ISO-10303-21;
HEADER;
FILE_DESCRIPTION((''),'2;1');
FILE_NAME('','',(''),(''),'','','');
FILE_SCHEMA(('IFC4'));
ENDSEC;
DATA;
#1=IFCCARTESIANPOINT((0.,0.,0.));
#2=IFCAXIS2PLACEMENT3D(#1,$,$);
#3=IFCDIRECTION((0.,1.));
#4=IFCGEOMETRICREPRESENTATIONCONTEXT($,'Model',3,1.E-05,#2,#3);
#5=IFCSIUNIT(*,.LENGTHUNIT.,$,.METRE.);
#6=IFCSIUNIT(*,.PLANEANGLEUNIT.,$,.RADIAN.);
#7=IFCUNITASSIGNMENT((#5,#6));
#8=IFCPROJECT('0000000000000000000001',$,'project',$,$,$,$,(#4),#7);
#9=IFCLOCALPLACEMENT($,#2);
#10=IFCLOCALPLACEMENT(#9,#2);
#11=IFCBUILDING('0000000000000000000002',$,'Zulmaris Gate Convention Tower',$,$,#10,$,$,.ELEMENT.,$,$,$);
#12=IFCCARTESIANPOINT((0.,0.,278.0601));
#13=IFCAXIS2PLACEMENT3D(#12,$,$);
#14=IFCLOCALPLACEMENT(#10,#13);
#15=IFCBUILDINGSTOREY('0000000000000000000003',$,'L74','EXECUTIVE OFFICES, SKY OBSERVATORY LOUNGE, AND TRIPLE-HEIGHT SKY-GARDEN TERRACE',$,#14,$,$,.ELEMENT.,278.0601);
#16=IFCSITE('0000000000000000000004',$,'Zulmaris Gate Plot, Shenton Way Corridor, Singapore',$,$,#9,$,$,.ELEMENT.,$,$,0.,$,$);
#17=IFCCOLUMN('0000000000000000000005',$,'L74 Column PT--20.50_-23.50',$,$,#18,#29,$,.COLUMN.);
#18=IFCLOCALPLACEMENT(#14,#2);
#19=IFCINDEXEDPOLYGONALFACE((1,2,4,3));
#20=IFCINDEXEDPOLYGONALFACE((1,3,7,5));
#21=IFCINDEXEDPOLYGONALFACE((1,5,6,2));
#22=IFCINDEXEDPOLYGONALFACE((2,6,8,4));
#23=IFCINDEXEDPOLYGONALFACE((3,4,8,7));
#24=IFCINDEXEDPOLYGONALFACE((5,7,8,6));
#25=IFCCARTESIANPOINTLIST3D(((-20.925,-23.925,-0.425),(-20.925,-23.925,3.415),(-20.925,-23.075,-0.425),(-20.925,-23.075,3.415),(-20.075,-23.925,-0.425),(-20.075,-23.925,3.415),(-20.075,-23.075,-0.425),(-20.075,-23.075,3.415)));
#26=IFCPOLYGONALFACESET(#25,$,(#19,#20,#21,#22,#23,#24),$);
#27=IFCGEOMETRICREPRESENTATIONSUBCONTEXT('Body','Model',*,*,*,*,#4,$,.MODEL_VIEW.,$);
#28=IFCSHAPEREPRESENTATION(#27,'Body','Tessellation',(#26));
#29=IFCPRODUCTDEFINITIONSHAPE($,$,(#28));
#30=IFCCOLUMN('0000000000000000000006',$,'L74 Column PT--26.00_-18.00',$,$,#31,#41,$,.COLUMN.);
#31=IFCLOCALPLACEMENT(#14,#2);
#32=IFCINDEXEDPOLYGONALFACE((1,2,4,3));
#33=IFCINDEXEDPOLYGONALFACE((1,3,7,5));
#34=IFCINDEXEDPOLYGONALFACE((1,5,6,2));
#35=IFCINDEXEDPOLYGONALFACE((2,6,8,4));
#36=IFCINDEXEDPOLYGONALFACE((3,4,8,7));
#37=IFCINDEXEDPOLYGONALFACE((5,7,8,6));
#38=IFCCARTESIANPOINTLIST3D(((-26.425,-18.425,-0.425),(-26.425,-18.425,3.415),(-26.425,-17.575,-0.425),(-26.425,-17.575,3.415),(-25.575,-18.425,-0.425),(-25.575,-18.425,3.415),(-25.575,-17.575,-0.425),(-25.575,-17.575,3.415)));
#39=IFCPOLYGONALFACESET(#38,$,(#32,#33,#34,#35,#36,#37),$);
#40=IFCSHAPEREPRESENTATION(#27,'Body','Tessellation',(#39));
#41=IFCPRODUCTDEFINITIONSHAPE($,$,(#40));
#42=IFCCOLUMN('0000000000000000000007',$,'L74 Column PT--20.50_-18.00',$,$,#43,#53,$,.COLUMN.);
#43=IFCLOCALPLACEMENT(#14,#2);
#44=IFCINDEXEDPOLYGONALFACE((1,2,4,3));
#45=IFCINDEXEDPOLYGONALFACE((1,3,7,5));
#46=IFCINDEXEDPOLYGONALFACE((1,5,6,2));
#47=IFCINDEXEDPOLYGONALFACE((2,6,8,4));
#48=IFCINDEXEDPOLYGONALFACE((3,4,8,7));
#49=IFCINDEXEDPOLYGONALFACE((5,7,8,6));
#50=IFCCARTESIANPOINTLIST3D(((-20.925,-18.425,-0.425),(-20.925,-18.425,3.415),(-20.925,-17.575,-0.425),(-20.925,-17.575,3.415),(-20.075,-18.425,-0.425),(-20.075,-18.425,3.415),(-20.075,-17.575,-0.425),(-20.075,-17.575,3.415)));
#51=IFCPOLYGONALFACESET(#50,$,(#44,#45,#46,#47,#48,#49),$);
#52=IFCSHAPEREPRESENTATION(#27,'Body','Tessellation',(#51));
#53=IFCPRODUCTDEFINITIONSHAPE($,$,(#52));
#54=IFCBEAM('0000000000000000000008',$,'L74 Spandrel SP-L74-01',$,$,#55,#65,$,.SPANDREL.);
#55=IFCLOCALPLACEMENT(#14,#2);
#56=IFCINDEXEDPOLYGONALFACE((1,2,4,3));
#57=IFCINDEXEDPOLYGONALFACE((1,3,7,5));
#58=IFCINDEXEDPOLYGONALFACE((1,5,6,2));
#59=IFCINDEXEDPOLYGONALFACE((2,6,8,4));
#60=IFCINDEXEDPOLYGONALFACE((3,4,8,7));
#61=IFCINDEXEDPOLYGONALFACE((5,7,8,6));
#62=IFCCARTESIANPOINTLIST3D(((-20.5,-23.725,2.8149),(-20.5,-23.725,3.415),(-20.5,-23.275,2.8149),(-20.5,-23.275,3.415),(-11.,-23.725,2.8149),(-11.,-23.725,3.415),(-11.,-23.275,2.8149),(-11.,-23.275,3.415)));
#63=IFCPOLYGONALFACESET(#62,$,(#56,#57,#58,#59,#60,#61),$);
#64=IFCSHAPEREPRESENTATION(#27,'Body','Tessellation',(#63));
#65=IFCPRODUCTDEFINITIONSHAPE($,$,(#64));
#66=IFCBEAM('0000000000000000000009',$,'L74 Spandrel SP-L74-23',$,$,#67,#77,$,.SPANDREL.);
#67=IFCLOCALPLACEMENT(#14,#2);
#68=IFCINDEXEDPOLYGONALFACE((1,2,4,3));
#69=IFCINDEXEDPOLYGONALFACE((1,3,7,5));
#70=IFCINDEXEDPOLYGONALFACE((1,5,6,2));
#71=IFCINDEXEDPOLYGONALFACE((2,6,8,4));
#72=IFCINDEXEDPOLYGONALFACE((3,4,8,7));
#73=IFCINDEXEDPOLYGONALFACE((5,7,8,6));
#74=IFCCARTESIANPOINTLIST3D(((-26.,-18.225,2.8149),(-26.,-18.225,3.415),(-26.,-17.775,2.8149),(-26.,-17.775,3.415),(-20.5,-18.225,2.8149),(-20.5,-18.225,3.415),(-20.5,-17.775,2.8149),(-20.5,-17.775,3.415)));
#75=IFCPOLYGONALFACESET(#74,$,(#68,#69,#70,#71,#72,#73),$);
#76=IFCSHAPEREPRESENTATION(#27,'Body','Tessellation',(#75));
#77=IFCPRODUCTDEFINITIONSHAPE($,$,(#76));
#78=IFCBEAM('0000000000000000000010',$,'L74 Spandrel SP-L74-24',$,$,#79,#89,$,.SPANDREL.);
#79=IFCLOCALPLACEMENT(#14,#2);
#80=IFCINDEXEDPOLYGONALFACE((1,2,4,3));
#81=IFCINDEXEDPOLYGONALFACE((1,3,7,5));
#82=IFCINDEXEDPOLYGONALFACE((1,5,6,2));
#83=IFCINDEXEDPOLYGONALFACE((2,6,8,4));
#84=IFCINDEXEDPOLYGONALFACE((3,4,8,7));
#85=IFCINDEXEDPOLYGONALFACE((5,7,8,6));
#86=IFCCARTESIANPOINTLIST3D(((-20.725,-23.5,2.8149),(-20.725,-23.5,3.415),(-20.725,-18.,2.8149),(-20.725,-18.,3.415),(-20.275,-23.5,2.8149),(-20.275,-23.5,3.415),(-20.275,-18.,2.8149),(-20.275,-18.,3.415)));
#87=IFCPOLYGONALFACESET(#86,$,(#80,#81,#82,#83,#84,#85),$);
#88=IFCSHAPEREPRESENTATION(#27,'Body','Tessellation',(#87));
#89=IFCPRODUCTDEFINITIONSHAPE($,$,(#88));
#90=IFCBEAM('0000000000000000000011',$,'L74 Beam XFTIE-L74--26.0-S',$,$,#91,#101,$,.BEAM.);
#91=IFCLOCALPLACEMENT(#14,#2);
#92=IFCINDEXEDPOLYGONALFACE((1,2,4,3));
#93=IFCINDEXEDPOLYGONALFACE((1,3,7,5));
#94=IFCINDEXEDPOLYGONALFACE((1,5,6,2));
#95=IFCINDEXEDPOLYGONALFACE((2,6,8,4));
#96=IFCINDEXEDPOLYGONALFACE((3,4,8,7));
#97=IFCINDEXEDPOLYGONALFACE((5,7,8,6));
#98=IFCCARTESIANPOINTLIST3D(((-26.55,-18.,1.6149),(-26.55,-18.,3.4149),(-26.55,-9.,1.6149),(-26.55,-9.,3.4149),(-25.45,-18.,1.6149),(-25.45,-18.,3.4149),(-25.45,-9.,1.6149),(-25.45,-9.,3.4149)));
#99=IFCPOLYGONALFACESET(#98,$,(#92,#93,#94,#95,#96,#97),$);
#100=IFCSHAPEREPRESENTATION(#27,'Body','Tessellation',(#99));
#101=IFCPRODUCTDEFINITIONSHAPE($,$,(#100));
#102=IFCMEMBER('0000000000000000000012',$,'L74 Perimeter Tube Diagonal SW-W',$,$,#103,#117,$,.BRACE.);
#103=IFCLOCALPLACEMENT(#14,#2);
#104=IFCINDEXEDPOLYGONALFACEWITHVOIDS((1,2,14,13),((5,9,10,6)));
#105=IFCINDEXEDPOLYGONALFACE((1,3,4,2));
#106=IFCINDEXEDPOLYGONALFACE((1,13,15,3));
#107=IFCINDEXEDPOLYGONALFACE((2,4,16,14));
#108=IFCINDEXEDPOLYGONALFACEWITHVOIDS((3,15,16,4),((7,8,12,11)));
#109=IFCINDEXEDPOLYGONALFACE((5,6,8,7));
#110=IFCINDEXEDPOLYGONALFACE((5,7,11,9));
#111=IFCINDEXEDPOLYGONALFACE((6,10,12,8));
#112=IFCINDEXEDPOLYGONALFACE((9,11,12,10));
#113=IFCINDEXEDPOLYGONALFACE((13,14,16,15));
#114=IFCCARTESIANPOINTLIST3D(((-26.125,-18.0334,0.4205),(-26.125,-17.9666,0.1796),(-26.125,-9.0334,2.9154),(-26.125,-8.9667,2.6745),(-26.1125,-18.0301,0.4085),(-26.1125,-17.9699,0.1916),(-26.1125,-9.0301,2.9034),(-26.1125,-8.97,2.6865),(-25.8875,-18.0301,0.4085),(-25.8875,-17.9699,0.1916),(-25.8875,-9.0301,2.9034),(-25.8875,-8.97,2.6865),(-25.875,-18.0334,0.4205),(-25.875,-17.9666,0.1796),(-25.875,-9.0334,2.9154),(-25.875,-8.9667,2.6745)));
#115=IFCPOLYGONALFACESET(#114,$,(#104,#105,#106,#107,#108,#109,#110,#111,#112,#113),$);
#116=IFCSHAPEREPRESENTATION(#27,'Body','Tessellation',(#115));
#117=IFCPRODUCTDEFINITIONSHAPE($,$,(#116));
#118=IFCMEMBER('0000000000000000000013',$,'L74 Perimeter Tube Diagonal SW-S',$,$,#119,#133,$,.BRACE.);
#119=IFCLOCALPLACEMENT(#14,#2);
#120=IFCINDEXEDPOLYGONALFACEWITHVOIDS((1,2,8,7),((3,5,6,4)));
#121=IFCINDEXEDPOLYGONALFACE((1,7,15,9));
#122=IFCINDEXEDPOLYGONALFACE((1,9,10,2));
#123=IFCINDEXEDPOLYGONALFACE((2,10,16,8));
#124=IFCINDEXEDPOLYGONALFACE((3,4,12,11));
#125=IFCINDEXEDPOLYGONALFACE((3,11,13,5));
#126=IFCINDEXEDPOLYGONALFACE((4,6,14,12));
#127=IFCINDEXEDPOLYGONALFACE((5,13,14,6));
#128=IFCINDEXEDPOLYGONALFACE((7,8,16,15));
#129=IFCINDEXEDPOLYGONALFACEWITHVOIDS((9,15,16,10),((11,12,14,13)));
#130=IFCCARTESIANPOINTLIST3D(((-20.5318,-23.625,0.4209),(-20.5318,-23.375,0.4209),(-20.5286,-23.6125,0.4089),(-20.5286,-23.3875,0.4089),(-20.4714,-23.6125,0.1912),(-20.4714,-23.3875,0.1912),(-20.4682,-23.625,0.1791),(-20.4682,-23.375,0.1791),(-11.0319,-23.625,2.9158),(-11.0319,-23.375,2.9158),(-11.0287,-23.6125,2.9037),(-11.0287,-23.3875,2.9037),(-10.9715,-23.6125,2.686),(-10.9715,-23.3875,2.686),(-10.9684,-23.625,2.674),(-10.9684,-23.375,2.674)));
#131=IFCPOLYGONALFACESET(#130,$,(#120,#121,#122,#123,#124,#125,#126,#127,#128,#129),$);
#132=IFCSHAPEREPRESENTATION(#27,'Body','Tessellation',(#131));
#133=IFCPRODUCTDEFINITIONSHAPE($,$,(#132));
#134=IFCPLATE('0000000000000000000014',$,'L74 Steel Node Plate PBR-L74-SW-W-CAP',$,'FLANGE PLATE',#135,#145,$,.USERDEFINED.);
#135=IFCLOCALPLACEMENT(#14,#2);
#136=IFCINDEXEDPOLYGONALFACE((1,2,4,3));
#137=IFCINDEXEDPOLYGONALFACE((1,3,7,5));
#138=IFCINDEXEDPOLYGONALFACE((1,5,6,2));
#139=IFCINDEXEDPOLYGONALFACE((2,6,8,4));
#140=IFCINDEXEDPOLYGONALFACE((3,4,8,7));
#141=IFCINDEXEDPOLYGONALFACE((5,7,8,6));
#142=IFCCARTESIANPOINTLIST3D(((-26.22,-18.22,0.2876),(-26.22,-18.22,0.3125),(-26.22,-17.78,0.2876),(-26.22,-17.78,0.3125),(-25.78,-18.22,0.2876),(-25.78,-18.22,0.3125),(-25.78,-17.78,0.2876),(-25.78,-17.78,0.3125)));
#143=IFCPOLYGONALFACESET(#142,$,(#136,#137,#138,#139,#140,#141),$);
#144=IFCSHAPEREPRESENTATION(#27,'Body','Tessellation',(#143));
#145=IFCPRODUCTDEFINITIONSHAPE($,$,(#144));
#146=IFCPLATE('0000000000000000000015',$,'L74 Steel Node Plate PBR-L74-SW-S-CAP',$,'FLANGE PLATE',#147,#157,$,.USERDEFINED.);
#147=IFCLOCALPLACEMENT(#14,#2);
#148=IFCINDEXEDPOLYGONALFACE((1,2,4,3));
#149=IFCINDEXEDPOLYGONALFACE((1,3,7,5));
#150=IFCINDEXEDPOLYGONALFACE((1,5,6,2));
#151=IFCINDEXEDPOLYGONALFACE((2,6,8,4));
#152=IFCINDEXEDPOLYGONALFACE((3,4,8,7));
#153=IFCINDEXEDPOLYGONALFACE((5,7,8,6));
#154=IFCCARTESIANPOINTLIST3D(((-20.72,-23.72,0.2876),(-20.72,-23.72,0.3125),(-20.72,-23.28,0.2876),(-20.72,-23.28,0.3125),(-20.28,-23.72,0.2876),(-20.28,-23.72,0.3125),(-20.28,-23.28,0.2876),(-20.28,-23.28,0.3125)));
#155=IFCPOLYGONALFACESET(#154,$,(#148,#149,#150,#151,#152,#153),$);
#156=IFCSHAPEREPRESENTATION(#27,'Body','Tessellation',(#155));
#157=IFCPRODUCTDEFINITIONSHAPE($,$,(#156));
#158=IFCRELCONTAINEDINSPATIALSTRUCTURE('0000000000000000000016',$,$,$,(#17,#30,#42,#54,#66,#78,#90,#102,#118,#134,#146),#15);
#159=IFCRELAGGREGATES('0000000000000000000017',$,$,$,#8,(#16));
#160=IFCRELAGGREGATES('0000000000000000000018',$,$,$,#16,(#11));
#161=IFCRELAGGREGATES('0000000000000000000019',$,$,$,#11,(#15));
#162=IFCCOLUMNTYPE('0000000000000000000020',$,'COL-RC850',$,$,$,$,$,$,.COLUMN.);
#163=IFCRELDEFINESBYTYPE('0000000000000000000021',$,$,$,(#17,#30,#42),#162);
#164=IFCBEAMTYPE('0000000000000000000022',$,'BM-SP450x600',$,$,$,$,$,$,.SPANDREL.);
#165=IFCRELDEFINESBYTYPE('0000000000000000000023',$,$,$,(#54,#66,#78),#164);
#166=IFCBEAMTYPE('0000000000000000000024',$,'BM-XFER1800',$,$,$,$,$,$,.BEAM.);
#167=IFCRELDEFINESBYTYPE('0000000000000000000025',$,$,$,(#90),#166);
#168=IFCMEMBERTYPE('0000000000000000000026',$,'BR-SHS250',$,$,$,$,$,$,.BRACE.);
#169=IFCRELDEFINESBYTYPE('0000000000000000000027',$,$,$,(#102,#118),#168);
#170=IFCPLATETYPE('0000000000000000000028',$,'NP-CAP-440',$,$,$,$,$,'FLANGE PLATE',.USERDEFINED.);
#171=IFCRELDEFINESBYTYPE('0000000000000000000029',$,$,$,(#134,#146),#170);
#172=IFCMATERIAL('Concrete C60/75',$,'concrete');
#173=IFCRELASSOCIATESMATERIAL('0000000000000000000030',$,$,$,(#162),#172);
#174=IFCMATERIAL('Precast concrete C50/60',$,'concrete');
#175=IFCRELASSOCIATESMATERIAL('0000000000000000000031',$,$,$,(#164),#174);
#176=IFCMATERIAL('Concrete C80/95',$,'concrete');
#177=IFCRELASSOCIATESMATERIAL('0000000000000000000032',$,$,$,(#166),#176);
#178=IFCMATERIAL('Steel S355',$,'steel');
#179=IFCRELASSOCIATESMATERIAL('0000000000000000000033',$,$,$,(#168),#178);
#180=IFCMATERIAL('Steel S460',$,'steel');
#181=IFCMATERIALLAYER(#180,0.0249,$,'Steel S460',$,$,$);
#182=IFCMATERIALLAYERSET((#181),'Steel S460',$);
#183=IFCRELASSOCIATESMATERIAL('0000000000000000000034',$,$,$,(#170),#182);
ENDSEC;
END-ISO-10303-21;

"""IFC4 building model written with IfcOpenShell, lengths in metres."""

from ifc_helpers import new_model, si_unit, direction, frame, origin, origin_2d, place, context, subcontext, project, spatial, rectangle, hollow_rectangle, extrude, material, layer, layer_set, material_profile, profile_set, type_object, element, save


model = new_model("IFC4")

# Units and contexts
model_context = context("Model", 3, precision=1e-05, world=origin(), true_north=direction((0.0, 1.0)))
body_context = subcontext(model_context, "Body", "Model", "MODEL_VIEW")
ifc_project = project(units=[si_unit("LENGTHUNIT", "METRE"), si_unit("PLANEANGLEUNIT", "RADIAN")], contexts=[model_context])

# Site, building, storey
site_placement = place(None, origin())
site = spatial("IfcSite", under=ifc_project, at=site_placement, Name="Zulmaris Gate Plot, Shenton Way Corridor, Singapore", CompositionType="ELEMENT", RefElevation=0.0)
building_placement = place(site_placement, origin())
building = spatial("IfcBuilding", under=site, at=building_placement, Name="Zulmaris Gate Convention Tower", CompositionType="ELEMENT")
storey_placement = place(building_placement, frame((0.0, 0.0, 278.0601)))
storey = spatial("IfcBuildingStorey", under=building, at=storey_placement, Name="L74", Description="EXECUTIVE OFFICES, SKY OBSERVATORY LOUNGE, AND TRIPLE-HEIGHT SKY-GARDEN TERRACE", CompositionType="ELEMENT", Elevation=278.0601)

# Columns
ifc_material_1 = material(Name="Concrete C60/75", Category="concrete")
ifc_material_profile_1 = material_profile(ifc_material_1, rectangle(XDim=0.8501, YDim=0.8501, at=origin_2d()), Name="RC COL 850x850")
ifc_profile_set_1 = profile_set([ifc_material_profile_1], Name="Concrete C60/75")
column_type = type_object("IfcColumnType", Name="COL-RC850", PredefinedType="COLUMN", material=ifc_profile_set_1)
for number, where, z_axis, x_axis, name in (
    (1, (-20.5, -23.5, -0.425), (0.0, 0.0, 1.0), (1.0, 0.0, 0.0), "L74 Column PT--20.50_-23.50"),
    (2, (-26.0, -18.0, -0.425), (0.0, 0.0, 1.0), (1.0, 0.0, 0.0), "L74 Column PT--26.00_-18.00"),
    (3, (-20.5, -18.0, -0.425), (0.0, 0.0, 1.0), (1.0, 0.0, 0.0), "L74 Column PT--20.50_-18.00"),
):
    element("IfcColumn", number, at=place(storey_placement, frame(where, z_axis=z_axis, x_axis=x_axis)), inside=storey, type_object=column_type, Name=name, PredefinedType="COLUMN", context=body_context, shape_type="SweptSolid", body=[
        extrude(rectangle(XDim=0.8501, YDim=0.8501, at=origin_2d()), origin(), (0.0, 0.0, 1.0), 3.8401),
    ])

# Beams
ifc_material_2 = material(Name="Precast concrete C50/60", Category="concrete")
ifc_material_profile_2 = material_profile(ifc_material_2, rectangle(XDim=0.45, YDim=0.6001, at=origin_2d()), Name="RC SPANDREL 450x600")
ifc_profile_set_2 = profile_set([ifc_material_profile_2], Name="Precast concrete C50/60")
beam_type_1 = type_object("IfcBeamType", Name="BM-SP450x600", PredefinedType="SPANDREL", material=ifc_profile_set_2)
beam_1_placement = place(storey_placement, frame((-20.5, -23.5, 3.115), z_axis=(1.0, 0.0, 0.0), x_axis=(0.0, 1.0, 0.0)))
element("IfcBeam", 4, at=beam_1_placement, inside=storey, type_object=beam_type_1, Name="L74 Spandrel SP-L74-01", PredefinedType="SPANDREL", context=body_context, shape_type="SweptSolid", body=[
    extrude(rectangle(XDim=0.45, YDim=0.6001, at=origin_2d()), origin(), (0.0, 0.0, 1.0), 9.5),
])
for number, where, z_axis, x_axis, name in (
    (5, (-26.0, -18.0, 3.115), (1.0, 0.0, 0.0), (0.0, 1.0, 0.0), "L74 Spandrel SP-L74-23"),
    (6, (-20.5, -18.0, 3.115), (0.0, -1.0, 0.0), (1.0, 0.0, 0.0), "L74 Spandrel SP-L74-24"),
):
    element("IfcBeam", number, at=place(storey_placement, frame(where, z_axis=z_axis, x_axis=x_axis)), inside=storey, type_object=beam_type_1, Name=name, PredefinedType="SPANDREL", context=body_context, shape_type="SweptSolid", body=[
        extrude(rectangle(XDim=0.45, YDim=0.6001, at=origin_2d()), origin(), (0.0, 0.0, 1.0), 5.5),
    ])
ifc_material_3 = material(Name="Concrete C80/95", Category="concrete")
ifc_material_profile_3 = material_profile(ifc_material_3, rectangle(XDim=1.1001, YDim=1.8, at=origin_2d()), Name="RC TRANSFER 1100x1800")
ifc_profile_set_3 = profile_set([ifc_material_profile_3], Name="Concrete C80/95")
beam_type_2 = type_object("IfcBeamType", Name="BM-XFER1800", PredefinedType="BEAM", material=ifc_profile_set_3)
beam_2_placement = place(storey_placement, frame((-26.0, -18.0, 2.5149), z_axis=(0.0, 1.0, 0.0), x_axis=(-1.0, 0.0, 0.0)))
element("IfcBeam", 7, at=beam_2_placement, inside=storey, type_object=beam_type_2, Name="L74 Beam XFTIE-L74--26.0-S", PredefinedType="BEAM", context=body_context, shape_type="SweptSolid", body=[
    extrude(rectangle(XDim=1.1001, YDim=1.8, at=origin_2d()), origin(), (0.0, 0.0, 1.0), 9.0),
])

# Members
ifc_material_4 = material(Name="Steel S355", Category="steel")
ifc_material_profile_4 = material_profile(ifc_material_4, hollow_rectangle(XDim=0.25, YDim=0.25, WallThickness=0.0125, at=origin_2d()), Name="SHS 250x250x12.5")
ifc_profile_set_4 = profile_set([ifc_material_profile_4], Name="Steel S355")
member_type = type_object("IfcMemberType", Name="BR-SHS250", PredefinedType="BRACE", material=ifc_profile_set_4)
member_1_placement = place(storey_placement, frame((-26.0, -18.0, 0.3), z_axis=(0.0, 0.963659, 0.267134), x_axis=(-1.0, 0.0, 0.0)))
element("IfcMember", 8, at=member_1_placement, inside=storey, type_object=member_type, Name="L74 Perimeter Tube Diagonal SW-W", PredefinedType="BRACE", context=body_context, shape_type="SweptSolid", body=[
    extrude(hollow_rectangle(XDim=0.25, YDim=0.25, WallThickness=0.0125, at=origin_2d()), origin(), (0.0, 0.0, 1.0), 9.3394),
])
member_2_placement = place(storey_placement, frame((-20.5, -23.5, 0.3), z_axis=(0.967203, 0.0, 0.254005), x_axis=(0.0, 1.0, 0.0)))
element("IfcMember", 9, at=member_2_placement, inside=storey, type_object=member_type, Name="L74 Perimeter Tube Diagonal SW-S", PredefinedType="BRACE", context=body_context, shape_type="SweptSolid", body=[
    extrude(hollow_rectangle(XDim=0.25, YDim=0.25, WallThickness=0.0125, at=origin_2d()), origin(), (0.0, 0.0, 1.0), 9.822),
])

# Plates
ifc_material_5 = material(Name="Steel S460", Category="steel")
ifc_layer_1 = layer(ifc_material_5, 0.0249, Name="Steel S460")
ifc_layer_set_1 = layer_set([ifc_layer_1], Name="Steel S460")
plate_type = type_object("IfcPlateType", Name="NP-CAP-440", ElementType="FLANGE PLATE", PredefinedType="USERDEFINED", material=ifc_layer_set_1)
for number, where, z_axis, x_axis, name in (
    (10, (-26.0, -18.0, 0.2876), (0.0, 0.0, 1.0), (1.0, 0.0, 0.0), "L74 Steel Node Plate PBR-L74-SW-W-CAP"),
    (11, (-20.5, -23.5, 0.2876), (0.0, 0.0, 1.0), (1.0, 0.0, 0.0), "L74 Steel Node Plate PBR-L74-SW-S-CAP"),
):
    element("IfcPlate", number, at=place(storey_placement, frame(where, z_axis=z_axis, x_axis=x_axis)), inside=storey, type_object=plate_type, Name=name, ObjectType="FLANGE PLATE", PredefinedType="USERDEFINED", context=body_context, shape_type="SweptSolid", body=[
        extrude(rectangle(XDim=0.4399, YDim=0.4399, at=origin_2d()), origin(), (0.0, 0.0, 1.0), 0.0249),
    ])

save(model, "model.ifc")
